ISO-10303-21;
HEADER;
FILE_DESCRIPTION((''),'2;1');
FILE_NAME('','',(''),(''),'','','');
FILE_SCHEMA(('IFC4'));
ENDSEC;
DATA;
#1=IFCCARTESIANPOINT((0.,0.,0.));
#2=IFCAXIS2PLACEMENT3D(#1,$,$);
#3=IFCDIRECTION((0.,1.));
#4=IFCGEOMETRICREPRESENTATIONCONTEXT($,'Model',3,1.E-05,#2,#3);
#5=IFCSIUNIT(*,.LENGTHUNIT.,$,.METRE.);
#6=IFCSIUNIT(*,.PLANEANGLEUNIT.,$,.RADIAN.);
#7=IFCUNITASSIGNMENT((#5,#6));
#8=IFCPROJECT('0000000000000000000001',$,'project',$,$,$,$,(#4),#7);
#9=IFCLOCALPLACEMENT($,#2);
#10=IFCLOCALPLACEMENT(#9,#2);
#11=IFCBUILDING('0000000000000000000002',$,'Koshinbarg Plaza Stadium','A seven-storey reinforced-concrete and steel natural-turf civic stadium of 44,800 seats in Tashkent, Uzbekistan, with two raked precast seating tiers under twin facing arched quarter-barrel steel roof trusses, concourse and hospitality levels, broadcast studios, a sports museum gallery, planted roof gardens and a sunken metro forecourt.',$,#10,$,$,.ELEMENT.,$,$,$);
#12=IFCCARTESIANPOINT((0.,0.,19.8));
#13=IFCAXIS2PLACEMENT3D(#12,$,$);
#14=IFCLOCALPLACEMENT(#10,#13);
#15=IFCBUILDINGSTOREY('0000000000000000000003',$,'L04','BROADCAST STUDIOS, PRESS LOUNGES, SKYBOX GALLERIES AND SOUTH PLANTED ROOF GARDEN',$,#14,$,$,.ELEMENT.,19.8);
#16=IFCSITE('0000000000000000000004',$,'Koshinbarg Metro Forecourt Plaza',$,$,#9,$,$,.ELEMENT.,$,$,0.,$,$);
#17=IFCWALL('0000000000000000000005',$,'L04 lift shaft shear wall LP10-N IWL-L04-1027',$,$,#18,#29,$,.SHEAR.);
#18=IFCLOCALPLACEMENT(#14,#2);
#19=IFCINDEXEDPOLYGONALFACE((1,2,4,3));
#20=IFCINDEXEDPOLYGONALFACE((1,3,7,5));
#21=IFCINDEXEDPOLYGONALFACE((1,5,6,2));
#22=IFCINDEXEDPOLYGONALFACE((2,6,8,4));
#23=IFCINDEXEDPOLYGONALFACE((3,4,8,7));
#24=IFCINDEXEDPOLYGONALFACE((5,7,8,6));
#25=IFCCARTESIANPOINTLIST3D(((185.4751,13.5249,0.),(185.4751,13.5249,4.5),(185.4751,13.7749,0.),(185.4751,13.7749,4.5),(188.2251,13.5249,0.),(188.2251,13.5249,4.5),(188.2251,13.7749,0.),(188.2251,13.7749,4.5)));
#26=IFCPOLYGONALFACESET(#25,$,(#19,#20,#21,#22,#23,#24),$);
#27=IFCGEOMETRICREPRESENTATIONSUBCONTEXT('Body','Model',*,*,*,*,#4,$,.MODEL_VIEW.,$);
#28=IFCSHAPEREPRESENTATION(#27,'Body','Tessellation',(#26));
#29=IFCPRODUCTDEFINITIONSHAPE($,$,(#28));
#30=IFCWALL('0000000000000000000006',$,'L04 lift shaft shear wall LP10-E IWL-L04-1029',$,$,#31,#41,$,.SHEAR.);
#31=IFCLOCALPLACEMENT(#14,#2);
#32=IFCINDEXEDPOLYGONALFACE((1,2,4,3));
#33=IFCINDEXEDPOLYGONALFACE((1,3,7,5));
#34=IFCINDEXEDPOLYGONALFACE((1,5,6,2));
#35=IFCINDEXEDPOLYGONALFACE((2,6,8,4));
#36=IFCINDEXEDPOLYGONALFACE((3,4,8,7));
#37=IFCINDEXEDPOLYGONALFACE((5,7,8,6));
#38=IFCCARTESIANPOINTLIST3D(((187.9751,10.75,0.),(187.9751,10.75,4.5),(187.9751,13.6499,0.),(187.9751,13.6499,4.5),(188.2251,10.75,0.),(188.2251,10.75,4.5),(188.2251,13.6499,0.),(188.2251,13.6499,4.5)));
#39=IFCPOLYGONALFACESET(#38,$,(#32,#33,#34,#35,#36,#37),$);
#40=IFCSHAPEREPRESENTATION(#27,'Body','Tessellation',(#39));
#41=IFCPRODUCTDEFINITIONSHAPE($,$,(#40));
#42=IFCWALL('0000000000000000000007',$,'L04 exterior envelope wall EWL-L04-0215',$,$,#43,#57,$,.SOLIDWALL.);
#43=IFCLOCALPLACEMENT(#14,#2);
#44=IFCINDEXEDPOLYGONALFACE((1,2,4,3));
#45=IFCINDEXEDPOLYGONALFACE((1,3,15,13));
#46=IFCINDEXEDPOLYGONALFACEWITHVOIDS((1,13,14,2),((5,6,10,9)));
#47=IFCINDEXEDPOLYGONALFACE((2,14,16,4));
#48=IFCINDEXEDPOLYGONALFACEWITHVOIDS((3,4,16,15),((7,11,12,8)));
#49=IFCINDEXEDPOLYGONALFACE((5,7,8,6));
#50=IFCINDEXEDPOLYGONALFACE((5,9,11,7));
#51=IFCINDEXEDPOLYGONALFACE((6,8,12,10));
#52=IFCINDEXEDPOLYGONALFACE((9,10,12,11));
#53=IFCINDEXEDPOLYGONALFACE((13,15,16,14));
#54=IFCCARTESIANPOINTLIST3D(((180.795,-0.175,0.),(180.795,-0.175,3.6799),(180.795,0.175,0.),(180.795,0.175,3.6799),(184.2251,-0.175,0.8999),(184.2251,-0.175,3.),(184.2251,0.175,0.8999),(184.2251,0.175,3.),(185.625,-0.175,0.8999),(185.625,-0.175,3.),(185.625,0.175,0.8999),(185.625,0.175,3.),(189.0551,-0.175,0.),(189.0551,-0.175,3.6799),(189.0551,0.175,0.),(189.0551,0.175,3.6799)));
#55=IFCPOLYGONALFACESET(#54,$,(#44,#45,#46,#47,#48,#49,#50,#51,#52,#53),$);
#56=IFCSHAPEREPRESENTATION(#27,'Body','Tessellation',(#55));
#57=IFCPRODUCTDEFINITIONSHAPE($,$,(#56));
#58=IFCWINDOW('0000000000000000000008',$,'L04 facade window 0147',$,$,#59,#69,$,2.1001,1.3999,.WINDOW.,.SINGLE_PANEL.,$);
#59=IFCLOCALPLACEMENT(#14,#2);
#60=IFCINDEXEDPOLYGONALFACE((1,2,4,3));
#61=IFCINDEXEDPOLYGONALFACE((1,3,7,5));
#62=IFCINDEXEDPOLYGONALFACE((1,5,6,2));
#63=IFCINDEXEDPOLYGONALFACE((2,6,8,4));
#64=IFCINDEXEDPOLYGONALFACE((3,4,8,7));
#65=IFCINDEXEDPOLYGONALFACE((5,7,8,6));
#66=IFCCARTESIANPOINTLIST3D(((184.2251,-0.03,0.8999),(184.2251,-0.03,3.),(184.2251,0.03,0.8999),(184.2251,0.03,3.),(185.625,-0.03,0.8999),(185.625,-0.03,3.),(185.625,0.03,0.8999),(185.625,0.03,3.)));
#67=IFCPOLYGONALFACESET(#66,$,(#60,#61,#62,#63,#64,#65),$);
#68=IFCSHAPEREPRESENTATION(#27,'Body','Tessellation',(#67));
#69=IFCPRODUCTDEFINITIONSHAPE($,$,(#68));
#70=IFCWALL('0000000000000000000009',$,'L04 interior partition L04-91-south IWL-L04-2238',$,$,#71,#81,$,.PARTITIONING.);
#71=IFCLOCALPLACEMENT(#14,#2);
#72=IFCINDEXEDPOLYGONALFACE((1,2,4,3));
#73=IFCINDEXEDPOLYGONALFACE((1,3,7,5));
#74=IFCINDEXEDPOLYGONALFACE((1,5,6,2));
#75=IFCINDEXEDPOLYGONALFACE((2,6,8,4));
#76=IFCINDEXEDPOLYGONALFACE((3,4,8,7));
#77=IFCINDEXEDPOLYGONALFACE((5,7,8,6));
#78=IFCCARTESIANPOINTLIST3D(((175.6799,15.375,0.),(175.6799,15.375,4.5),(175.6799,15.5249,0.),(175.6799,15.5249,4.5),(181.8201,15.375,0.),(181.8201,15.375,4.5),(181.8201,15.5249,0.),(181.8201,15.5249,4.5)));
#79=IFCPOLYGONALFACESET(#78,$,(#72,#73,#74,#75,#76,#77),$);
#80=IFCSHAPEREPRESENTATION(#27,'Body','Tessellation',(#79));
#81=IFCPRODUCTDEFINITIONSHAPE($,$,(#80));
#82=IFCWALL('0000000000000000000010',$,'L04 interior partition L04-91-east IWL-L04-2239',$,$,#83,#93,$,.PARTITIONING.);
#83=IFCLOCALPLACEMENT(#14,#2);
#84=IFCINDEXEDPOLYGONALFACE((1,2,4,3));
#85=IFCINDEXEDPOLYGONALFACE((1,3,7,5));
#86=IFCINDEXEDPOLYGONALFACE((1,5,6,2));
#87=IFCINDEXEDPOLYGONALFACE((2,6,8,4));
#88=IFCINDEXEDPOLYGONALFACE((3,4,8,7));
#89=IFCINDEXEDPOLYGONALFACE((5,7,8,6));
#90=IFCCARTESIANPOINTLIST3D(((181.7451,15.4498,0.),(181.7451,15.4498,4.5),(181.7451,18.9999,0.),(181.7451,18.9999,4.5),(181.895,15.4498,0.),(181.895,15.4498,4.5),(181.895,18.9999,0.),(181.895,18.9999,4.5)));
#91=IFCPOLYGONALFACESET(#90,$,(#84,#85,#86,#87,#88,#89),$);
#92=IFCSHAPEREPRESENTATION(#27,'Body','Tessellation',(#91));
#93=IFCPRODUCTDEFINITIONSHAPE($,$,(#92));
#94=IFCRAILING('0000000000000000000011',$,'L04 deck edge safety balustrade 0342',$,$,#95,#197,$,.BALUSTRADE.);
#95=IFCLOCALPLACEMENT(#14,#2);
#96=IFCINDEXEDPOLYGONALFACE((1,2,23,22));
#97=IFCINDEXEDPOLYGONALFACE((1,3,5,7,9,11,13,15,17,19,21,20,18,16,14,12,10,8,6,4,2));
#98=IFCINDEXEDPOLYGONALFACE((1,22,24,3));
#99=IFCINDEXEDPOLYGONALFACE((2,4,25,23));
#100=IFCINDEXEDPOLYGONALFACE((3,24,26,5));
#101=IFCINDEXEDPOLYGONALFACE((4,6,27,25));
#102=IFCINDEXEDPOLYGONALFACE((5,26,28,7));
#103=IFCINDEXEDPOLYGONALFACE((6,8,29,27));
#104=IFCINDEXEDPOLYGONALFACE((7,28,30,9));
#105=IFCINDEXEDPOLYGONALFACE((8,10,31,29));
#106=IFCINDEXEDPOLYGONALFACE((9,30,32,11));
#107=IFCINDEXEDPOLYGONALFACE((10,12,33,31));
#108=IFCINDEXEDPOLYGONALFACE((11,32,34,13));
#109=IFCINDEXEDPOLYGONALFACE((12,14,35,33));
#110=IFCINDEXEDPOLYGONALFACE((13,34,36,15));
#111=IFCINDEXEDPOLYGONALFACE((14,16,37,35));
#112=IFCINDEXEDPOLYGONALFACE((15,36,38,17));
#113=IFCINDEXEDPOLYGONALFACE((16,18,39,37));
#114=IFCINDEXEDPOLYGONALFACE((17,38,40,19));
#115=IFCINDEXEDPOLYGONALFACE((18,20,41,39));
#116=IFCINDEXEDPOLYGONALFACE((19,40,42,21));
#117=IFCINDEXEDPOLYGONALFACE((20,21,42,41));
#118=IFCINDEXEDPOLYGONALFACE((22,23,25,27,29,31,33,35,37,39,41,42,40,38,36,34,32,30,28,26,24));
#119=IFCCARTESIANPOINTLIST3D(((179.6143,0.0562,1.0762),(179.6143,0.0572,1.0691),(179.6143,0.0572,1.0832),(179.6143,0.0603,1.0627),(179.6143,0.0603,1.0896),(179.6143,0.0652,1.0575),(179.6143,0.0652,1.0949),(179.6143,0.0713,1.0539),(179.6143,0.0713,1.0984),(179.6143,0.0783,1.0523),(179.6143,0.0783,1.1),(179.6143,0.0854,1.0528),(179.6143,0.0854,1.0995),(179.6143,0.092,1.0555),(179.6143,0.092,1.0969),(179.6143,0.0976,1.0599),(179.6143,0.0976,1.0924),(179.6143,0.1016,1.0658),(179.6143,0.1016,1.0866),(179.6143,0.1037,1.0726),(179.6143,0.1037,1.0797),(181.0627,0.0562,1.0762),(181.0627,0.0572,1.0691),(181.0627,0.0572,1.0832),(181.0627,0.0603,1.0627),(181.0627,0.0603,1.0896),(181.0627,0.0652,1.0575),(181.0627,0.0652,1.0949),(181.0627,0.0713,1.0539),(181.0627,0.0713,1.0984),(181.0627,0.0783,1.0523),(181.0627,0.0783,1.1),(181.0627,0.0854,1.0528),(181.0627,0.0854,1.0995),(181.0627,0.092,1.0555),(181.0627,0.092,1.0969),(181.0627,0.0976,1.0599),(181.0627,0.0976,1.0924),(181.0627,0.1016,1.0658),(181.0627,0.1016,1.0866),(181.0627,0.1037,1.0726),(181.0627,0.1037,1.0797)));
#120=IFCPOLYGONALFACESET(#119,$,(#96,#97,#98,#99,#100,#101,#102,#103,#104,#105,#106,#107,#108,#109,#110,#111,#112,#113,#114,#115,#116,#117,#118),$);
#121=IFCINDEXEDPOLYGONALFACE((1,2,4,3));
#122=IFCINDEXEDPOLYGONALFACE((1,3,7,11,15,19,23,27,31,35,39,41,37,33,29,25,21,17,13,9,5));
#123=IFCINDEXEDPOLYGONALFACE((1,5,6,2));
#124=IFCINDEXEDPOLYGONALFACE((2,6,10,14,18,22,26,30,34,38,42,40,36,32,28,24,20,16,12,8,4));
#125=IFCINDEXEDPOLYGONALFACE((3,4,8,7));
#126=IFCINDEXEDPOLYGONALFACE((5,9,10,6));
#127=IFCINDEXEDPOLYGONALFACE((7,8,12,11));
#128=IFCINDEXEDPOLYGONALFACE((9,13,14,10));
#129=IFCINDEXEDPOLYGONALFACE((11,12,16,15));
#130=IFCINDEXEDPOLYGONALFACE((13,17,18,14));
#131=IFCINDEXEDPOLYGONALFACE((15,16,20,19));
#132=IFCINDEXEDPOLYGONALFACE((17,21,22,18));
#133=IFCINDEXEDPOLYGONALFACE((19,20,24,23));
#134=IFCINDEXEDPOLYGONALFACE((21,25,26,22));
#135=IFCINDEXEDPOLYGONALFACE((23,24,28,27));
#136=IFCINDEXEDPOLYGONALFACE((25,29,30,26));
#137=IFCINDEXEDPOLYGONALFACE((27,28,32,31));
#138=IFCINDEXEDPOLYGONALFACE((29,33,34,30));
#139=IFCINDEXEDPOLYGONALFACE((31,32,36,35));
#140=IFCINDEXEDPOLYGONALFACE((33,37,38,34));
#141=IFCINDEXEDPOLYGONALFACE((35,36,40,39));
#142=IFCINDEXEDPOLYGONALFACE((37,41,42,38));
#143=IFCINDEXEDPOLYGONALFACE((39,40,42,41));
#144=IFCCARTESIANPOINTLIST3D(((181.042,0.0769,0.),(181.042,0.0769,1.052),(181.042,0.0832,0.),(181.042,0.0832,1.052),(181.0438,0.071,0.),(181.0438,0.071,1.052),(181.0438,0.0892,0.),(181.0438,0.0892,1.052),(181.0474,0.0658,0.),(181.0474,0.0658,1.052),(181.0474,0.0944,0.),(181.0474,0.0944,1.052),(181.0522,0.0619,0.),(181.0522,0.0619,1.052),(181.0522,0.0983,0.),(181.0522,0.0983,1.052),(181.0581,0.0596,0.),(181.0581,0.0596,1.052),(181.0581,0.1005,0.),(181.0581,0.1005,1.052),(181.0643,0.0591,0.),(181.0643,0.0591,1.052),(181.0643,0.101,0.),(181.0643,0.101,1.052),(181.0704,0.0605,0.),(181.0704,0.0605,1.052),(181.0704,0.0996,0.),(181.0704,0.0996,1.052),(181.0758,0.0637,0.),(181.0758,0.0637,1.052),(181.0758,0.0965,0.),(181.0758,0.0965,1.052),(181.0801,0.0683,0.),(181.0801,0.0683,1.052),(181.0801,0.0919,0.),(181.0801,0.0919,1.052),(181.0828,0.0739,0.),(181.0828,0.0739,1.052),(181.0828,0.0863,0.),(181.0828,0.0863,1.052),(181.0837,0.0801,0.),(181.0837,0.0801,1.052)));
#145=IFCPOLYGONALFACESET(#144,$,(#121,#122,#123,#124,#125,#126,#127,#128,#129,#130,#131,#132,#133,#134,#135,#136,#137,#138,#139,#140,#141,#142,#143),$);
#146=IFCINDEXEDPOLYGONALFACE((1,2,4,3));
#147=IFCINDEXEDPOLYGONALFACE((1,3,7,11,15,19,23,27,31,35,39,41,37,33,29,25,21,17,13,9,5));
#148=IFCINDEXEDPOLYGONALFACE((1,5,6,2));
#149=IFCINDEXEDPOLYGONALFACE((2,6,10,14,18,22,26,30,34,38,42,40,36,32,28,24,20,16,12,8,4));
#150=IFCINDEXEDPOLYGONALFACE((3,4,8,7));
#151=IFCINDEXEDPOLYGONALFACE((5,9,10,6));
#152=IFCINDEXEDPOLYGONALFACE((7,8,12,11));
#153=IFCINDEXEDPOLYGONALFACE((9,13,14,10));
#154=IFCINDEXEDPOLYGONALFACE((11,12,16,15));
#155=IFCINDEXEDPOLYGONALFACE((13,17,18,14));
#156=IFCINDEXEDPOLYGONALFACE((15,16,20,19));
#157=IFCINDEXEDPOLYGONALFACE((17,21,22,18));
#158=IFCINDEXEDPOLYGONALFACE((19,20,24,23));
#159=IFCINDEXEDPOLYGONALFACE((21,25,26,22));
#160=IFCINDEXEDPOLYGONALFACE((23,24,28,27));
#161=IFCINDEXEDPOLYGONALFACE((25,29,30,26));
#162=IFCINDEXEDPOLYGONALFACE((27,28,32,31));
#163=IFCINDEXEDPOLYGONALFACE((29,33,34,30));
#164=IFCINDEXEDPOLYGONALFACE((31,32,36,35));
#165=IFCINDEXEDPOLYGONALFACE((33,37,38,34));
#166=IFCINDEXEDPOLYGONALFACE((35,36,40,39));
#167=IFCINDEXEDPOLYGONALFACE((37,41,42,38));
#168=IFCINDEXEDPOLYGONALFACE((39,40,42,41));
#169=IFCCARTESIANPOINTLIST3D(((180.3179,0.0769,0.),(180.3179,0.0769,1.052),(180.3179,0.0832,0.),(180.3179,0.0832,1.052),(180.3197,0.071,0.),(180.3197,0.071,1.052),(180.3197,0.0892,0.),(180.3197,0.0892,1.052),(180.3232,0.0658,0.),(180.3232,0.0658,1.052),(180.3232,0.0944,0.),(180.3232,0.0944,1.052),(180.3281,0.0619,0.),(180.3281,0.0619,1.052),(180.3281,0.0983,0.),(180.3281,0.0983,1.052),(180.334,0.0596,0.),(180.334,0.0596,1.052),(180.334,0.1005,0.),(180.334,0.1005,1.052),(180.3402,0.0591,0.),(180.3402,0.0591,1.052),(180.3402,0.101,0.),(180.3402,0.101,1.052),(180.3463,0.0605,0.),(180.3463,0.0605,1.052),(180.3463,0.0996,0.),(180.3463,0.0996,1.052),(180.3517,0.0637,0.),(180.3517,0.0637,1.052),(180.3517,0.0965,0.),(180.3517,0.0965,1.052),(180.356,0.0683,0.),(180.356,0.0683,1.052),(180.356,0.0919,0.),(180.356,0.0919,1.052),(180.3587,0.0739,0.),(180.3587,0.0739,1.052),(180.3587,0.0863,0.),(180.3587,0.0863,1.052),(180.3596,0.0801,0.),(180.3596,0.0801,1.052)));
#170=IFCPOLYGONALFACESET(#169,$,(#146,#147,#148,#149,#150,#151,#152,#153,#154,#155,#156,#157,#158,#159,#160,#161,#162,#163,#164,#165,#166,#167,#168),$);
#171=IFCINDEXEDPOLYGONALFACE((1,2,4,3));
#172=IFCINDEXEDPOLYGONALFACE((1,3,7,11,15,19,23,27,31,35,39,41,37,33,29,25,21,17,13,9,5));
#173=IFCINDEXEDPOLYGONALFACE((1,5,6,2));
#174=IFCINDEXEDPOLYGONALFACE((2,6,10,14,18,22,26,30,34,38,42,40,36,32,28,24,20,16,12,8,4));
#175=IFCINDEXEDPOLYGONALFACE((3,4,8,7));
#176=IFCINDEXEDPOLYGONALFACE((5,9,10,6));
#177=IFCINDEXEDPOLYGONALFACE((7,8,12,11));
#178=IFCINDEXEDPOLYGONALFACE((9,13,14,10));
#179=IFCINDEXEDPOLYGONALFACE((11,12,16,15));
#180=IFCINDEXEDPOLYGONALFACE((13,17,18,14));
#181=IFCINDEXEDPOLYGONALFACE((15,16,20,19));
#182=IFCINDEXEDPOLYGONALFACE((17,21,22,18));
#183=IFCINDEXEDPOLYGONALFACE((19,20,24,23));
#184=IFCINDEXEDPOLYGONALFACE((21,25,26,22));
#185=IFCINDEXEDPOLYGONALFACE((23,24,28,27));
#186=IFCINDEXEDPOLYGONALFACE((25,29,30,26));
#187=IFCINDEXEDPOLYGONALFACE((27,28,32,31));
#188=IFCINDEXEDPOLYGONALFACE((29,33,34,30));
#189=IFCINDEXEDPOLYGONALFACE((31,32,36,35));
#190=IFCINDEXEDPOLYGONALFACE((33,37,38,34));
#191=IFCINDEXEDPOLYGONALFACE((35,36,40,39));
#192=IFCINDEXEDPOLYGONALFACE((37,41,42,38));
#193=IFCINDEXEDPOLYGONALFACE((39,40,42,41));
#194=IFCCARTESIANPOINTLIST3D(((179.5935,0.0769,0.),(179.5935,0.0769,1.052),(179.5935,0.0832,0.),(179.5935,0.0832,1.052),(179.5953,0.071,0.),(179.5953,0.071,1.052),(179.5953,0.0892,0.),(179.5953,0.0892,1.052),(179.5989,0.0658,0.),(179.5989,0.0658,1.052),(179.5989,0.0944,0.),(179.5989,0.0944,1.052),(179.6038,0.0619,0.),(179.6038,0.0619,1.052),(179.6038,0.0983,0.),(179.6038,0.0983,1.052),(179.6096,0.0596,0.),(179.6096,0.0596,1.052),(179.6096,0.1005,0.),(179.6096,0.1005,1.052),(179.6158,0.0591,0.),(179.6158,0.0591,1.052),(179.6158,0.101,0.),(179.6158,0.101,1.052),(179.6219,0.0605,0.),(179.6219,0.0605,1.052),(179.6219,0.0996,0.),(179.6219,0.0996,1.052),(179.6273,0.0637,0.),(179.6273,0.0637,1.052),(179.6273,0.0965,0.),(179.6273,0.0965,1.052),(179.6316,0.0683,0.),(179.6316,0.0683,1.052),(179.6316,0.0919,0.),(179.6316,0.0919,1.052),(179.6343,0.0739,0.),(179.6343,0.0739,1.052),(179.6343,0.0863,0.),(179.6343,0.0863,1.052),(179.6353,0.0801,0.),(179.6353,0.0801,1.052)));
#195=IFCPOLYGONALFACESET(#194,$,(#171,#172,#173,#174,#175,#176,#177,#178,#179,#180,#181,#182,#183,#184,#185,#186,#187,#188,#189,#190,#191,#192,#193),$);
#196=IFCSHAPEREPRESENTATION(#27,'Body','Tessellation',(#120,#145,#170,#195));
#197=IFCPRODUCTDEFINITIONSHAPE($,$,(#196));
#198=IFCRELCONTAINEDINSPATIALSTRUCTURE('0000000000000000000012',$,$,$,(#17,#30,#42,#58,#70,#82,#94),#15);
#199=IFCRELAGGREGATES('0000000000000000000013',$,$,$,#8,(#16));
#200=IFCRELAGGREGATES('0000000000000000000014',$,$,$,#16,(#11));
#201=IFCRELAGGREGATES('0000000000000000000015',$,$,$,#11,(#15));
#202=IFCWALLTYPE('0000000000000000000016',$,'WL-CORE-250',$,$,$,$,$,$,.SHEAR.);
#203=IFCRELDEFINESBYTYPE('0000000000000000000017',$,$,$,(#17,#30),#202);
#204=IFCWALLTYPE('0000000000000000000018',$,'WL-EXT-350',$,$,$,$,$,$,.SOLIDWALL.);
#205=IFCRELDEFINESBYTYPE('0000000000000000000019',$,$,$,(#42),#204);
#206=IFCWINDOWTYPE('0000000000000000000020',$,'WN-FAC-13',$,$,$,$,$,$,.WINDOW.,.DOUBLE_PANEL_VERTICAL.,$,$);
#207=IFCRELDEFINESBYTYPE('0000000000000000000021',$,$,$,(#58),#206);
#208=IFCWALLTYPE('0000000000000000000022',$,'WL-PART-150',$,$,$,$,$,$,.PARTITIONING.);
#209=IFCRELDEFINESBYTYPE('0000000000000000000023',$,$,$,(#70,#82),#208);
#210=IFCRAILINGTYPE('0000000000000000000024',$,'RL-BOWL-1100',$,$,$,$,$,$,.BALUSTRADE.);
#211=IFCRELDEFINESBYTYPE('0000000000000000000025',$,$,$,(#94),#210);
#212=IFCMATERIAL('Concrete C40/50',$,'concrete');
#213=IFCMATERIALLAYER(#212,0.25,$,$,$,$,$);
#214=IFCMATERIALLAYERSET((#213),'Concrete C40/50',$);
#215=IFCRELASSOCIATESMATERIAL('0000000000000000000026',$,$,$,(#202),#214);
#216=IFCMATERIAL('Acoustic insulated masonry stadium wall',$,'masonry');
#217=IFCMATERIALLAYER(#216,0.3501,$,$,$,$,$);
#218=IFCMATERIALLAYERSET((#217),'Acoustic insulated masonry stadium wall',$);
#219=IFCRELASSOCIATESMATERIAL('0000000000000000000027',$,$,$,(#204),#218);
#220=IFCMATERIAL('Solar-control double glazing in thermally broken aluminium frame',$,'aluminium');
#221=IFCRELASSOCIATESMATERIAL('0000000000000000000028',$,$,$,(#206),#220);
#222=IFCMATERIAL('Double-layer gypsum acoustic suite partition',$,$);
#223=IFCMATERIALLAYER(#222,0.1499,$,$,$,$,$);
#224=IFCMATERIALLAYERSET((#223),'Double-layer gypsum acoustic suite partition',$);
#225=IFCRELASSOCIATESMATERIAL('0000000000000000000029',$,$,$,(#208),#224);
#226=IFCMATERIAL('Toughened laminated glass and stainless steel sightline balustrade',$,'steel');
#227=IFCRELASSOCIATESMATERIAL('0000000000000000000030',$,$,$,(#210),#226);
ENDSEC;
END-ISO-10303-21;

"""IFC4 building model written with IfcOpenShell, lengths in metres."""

from ifc_helpers import new_model, si_unit, direction, frame, frame_2d, origin, origin_2d, place, context, subcontext, project, spatial, rectangle, circle, extrude, material, layer, layer_set, type_object, element, fill, save


model = new_model("IFC4")

# Units and contexts
model_context = context("Model", 3, precision=1e-05, world=origin(), true_north=direction((0.0, 1.0)))
body_context = subcontext(model_context, "Body", "Model", "MODEL_VIEW")
ifc_project = project(units=[si_unit("LENGTHUNIT", "METRE"), si_unit("PLANEANGLEUNIT", "RADIAN")], contexts=[model_context])

# Site, building, storey
site_placement = place(None, origin())
site = spatial("IfcSite", under=ifc_project, at=site_placement, Name="Koshinbarg Metro Forecourt Plaza", CompositionType="ELEMENT", RefElevation=0.0)
building_placement = place(site_placement, origin())
building = spatial("IfcBuilding", under=site, at=building_placement, Name="Koshinbarg Plaza Stadium", Description="A seven-storey reinforced-concrete and steel natural-turf civic stadium of 44,800 seats in Tashkent, Uzbekistan, with two raked precast seating tiers under twin facing arched quarter-barrel steel roof trusses, concourse and hospitality levels, broadcast studios, a sports museum gallery, planted roof gardens and a sunken metro forecourt.", CompositionType="ELEMENT")
storey_placement = place(building_placement, frame((0.0, 0.0, 19.8)))
storey = spatial("IfcBuildingStorey", under=building, at=storey_placement, Name="L04", Description="BROADCAST STUDIOS, PRESS LOUNGES, SKYBOX GALLERIES AND SOUTH PLANTED ROOF GARDEN", CompositionType="ELEMENT", Elevation=19.8)

# Shared definitions
ifc_material_1 = material(Name="Concrete C40/50", Category="concrete")

# Wall
ifc_layer_1 = layer(ifc_material_1, 0.25)
ifc_layer_set_1 = layer_set([ifc_layer_1], Name="Concrete C40/50")
wall_type_1 = type_object("IfcWallType", Name="WL-CORE-250", PredefinedType="SHEAR", material=ifc_layer_set_1)
for number, where, z_axis, x_axis, name in (
    (1, (188.2251, 13.6499, 0.0), (0.0, 0.0, 1.0), (-1.0, 0.0, 0.0), "L04 lift shaft shear wall LP10-N IWL-L04-1027"),
):
    element("IfcWall", number, at=place(storey_placement, frame(where, z_axis=z_axis, x_axis=x_axis)), inside=storey, type_object=wall_type_1, Name=name, PredefinedType="SHEAR", context=body_context, shape_type="SweptSolid", body=[
        extrude(rectangle(XDim=2.75, YDim=0.25, at=frame_2d((1.375, 0.0))), origin(), (0.0, 0.0, 1.0), 4.5),
    ])

# Wall
wall_1_placement = place(storey_placement, frame((188.1001, 10.75, 0.0), z_axis=(0.0, 0.0, 1.0), x_axis=(0.0, 1.0, 0.0)))
element("IfcWall", 2, at=wall_1_placement, inside=storey, type_object=wall_type_1, Name="L04 lift shaft shear wall LP10-E IWL-L04-1029", PredefinedType="SHEAR", context=body_context, shape_type="SweptSolid", body=[
    extrude(rectangle(XDim=2.8999, YDim=0.25, at=frame_2d((1.45, 0.0))), origin(), (0.0, 0.0, 1.0), 4.5),
])

# Wall, opening, window
ifc_material_2 = material(Name="Acoustic insulated masonry stadium wall", Category="masonry")
ifc_layer_2 = layer(ifc_material_2, 0.3501)
ifc_layer_set_2 = layer_set([ifc_layer_2], Name="Acoustic insulated masonry stadium wall")
wall_type_2 = type_object("IfcWallType", Name="WL-EXT-350", PredefinedType="SOLIDWALL", material=ifc_layer_set_2)
wall_2_placement = place(storey_placement, frame((189.0549, 0.0, 0.0), z_axis=(0.0, 0.0, 1.0), x_axis=(-1.0, 0.0, 0.0)))
wall_2 = element("IfcWall", 3, at=wall_2_placement, inside=storey, type_object=wall_type_2, Name="L04 exterior envelope wall EWL-L04-0215", PredefinedType="SOLIDWALL", context=body_context, shape_type="SweptSolid", body=[
    extrude(rectangle(XDim=8.26, YDim=0.3501, at=frame_2d((4.1299, 0.0))), origin(), (0.0, 0.0, 1.0), 3.6799),
])
opening_1_placement = place(wall_2_placement, frame((3.4299, 0.0, 0.8999)))
opening_1 = element("IfcOpeningElement", 4, at=opening_1_placement, cuts=wall_2, PredefinedType="OPENING", context=body_context, shape_type="SweptSolid", body=[
    extrude(rectangle(XDim=1.3999, YDim=2.1001, at=frame_2d((0.7, 1.05))), frame((0.0, 0.1851, 0.0), z_axis=(0.0, -1.0, 0.0), x_axis=(1.0, 0.0, 0.0)), (0.0, 0.0, 1.0), 0.3701),
])
ifc_material_3 = material(Name="Solar-control double glazing in thermally broken aluminium frame", Category="aluminium")
window_type = type_object("IfcWindowType", Name="WN-FAC-13", PartitioningType="DOUBLE_PANEL_VERTICAL", PredefinedType="WINDOW", material=ifc_material_3)
window_placement = place(opening_1_placement, origin())
window = element("IfcWindow", 5, at=window_placement, inside=storey, type_object=window_type, Name="L04 facade window 0147", OverallHeight=2.1001, OverallWidth=1.3999, PartitioningType="SINGLE_PANEL", PredefinedType="WINDOW", context=body_context, shape_type="SweptSolid", body=[
    extrude(rectangle(XDim=1.3999, YDim=2.1001, at=frame_2d((0.7, 1.05))), frame((0.0, 0.03, 0.0), z_axis=(0.0, -1.0, 0.0), x_axis=(1.0, 0.0, 0.0)), (0.0, 0.0, 1.0), 0.0601),
])
fill(opening_1, window)

# Walls
ifc_material_4 = material(Name="Double-layer gypsum acoustic suite partition")
ifc_layer_3 = layer(ifc_material_4, 0.1499)
ifc_layer_set_3 = layer_set([ifc_layer_3], Name="Double-layer gypsum acoustic suite partition")
wall_type_3 = type_object("IfcWallType", Name="WL-PART-150", PredefinedType="PARTITIONING", material=ifc_layer_set_3)
wall_3_placement = place(storey_placement, frame((175.6799, 15.45, 0.0), z_axis=(0.0, 0.0, 1.0), x_axis=(1.0, 0.0, 0.0)))
element("IfcWall", 6, at=wall_3_placement, inside=storey, type_object=wall_type_3, Name="L04 interior partition L04-91-south IWL-L04-2238", PredefinedType="PARTITIONING", context=body_context, shape_type="SweptSolid", body=[
    extrude(rectangle(XDim=6.1401, YDim=0.1499, at=frame_2d((3.0701, 0.0))), origin(), (0.0, 0.0, 1.0), 4.5),
])
wall_4_placement = place(storey_placement, frame((181.8201, 15.45, 0.0), z_axis=(0.0, 0.0, 1.0), x_axis=(0.0, 1.0, 0.0)))
element("IfcWall", 7, at=wall_4_placement, inside=storey, type_object=wall_type_3, Name="L04 interior partition L04-91-east IWL-L04-2239", PredefinedType="PARTITIONING", context=body_context, shape_type="SweptSolid", body=[
    extrude(rectangle(XDim=3.55, YDim=0.1499, at=frame_2d((1.7749, 0.0))), origin(), (0.0, 0.0, 1.0), 4.5),
])

# Railing
ifc_material_5 = material(Name="Toughened laminated glass and stainless steel sightline balustrade", Category="steel")
railing_type_1 = type_object("IfcRailingType", Name="RL-BOWL-1100", PredefinedType="BALUSTRADE", material=ifc_material_5)
railing_1_placement = place(storey_placement, frame((181.0627, 0.0801, 0.0)))
element("IfcRailing", 8, at=railing_1_placement, inside=storey, type_object=railing_type_1, Name="L04 deck edge safety balustrade 0342", PredefinedType="BALUSTRADE", context=body_context, shape_type="SweptSolid", body=[
    extrude(circle(Radius=0.0239, at=origin_2d()), frame((0.0, 0.0, 1.0762), z_axis=(-1.0, 0.0, 0.0), x_axis=(0.0, -1.0, 0.0)), (0.0, 0.0, 1.0), 1.4485),
    extrude(circle(Radius=0.021, at=origin_2d()), origin(), (0.0, 0.0, 1.0), 1.052),
    extrude(circle(Radius=0.021, at=origin_2d()), frame((-0.7241, 0.0, 0.0)), (0.0, 0.0, 1.0), 1.052),
    extrude(circle(Radius=0.021, at=origin_2d()), frame((-1.4485, 0.0, 0.0)), (0.0, 0.0, 1.0), 1.052),
])

save(model, "model.ifc")
